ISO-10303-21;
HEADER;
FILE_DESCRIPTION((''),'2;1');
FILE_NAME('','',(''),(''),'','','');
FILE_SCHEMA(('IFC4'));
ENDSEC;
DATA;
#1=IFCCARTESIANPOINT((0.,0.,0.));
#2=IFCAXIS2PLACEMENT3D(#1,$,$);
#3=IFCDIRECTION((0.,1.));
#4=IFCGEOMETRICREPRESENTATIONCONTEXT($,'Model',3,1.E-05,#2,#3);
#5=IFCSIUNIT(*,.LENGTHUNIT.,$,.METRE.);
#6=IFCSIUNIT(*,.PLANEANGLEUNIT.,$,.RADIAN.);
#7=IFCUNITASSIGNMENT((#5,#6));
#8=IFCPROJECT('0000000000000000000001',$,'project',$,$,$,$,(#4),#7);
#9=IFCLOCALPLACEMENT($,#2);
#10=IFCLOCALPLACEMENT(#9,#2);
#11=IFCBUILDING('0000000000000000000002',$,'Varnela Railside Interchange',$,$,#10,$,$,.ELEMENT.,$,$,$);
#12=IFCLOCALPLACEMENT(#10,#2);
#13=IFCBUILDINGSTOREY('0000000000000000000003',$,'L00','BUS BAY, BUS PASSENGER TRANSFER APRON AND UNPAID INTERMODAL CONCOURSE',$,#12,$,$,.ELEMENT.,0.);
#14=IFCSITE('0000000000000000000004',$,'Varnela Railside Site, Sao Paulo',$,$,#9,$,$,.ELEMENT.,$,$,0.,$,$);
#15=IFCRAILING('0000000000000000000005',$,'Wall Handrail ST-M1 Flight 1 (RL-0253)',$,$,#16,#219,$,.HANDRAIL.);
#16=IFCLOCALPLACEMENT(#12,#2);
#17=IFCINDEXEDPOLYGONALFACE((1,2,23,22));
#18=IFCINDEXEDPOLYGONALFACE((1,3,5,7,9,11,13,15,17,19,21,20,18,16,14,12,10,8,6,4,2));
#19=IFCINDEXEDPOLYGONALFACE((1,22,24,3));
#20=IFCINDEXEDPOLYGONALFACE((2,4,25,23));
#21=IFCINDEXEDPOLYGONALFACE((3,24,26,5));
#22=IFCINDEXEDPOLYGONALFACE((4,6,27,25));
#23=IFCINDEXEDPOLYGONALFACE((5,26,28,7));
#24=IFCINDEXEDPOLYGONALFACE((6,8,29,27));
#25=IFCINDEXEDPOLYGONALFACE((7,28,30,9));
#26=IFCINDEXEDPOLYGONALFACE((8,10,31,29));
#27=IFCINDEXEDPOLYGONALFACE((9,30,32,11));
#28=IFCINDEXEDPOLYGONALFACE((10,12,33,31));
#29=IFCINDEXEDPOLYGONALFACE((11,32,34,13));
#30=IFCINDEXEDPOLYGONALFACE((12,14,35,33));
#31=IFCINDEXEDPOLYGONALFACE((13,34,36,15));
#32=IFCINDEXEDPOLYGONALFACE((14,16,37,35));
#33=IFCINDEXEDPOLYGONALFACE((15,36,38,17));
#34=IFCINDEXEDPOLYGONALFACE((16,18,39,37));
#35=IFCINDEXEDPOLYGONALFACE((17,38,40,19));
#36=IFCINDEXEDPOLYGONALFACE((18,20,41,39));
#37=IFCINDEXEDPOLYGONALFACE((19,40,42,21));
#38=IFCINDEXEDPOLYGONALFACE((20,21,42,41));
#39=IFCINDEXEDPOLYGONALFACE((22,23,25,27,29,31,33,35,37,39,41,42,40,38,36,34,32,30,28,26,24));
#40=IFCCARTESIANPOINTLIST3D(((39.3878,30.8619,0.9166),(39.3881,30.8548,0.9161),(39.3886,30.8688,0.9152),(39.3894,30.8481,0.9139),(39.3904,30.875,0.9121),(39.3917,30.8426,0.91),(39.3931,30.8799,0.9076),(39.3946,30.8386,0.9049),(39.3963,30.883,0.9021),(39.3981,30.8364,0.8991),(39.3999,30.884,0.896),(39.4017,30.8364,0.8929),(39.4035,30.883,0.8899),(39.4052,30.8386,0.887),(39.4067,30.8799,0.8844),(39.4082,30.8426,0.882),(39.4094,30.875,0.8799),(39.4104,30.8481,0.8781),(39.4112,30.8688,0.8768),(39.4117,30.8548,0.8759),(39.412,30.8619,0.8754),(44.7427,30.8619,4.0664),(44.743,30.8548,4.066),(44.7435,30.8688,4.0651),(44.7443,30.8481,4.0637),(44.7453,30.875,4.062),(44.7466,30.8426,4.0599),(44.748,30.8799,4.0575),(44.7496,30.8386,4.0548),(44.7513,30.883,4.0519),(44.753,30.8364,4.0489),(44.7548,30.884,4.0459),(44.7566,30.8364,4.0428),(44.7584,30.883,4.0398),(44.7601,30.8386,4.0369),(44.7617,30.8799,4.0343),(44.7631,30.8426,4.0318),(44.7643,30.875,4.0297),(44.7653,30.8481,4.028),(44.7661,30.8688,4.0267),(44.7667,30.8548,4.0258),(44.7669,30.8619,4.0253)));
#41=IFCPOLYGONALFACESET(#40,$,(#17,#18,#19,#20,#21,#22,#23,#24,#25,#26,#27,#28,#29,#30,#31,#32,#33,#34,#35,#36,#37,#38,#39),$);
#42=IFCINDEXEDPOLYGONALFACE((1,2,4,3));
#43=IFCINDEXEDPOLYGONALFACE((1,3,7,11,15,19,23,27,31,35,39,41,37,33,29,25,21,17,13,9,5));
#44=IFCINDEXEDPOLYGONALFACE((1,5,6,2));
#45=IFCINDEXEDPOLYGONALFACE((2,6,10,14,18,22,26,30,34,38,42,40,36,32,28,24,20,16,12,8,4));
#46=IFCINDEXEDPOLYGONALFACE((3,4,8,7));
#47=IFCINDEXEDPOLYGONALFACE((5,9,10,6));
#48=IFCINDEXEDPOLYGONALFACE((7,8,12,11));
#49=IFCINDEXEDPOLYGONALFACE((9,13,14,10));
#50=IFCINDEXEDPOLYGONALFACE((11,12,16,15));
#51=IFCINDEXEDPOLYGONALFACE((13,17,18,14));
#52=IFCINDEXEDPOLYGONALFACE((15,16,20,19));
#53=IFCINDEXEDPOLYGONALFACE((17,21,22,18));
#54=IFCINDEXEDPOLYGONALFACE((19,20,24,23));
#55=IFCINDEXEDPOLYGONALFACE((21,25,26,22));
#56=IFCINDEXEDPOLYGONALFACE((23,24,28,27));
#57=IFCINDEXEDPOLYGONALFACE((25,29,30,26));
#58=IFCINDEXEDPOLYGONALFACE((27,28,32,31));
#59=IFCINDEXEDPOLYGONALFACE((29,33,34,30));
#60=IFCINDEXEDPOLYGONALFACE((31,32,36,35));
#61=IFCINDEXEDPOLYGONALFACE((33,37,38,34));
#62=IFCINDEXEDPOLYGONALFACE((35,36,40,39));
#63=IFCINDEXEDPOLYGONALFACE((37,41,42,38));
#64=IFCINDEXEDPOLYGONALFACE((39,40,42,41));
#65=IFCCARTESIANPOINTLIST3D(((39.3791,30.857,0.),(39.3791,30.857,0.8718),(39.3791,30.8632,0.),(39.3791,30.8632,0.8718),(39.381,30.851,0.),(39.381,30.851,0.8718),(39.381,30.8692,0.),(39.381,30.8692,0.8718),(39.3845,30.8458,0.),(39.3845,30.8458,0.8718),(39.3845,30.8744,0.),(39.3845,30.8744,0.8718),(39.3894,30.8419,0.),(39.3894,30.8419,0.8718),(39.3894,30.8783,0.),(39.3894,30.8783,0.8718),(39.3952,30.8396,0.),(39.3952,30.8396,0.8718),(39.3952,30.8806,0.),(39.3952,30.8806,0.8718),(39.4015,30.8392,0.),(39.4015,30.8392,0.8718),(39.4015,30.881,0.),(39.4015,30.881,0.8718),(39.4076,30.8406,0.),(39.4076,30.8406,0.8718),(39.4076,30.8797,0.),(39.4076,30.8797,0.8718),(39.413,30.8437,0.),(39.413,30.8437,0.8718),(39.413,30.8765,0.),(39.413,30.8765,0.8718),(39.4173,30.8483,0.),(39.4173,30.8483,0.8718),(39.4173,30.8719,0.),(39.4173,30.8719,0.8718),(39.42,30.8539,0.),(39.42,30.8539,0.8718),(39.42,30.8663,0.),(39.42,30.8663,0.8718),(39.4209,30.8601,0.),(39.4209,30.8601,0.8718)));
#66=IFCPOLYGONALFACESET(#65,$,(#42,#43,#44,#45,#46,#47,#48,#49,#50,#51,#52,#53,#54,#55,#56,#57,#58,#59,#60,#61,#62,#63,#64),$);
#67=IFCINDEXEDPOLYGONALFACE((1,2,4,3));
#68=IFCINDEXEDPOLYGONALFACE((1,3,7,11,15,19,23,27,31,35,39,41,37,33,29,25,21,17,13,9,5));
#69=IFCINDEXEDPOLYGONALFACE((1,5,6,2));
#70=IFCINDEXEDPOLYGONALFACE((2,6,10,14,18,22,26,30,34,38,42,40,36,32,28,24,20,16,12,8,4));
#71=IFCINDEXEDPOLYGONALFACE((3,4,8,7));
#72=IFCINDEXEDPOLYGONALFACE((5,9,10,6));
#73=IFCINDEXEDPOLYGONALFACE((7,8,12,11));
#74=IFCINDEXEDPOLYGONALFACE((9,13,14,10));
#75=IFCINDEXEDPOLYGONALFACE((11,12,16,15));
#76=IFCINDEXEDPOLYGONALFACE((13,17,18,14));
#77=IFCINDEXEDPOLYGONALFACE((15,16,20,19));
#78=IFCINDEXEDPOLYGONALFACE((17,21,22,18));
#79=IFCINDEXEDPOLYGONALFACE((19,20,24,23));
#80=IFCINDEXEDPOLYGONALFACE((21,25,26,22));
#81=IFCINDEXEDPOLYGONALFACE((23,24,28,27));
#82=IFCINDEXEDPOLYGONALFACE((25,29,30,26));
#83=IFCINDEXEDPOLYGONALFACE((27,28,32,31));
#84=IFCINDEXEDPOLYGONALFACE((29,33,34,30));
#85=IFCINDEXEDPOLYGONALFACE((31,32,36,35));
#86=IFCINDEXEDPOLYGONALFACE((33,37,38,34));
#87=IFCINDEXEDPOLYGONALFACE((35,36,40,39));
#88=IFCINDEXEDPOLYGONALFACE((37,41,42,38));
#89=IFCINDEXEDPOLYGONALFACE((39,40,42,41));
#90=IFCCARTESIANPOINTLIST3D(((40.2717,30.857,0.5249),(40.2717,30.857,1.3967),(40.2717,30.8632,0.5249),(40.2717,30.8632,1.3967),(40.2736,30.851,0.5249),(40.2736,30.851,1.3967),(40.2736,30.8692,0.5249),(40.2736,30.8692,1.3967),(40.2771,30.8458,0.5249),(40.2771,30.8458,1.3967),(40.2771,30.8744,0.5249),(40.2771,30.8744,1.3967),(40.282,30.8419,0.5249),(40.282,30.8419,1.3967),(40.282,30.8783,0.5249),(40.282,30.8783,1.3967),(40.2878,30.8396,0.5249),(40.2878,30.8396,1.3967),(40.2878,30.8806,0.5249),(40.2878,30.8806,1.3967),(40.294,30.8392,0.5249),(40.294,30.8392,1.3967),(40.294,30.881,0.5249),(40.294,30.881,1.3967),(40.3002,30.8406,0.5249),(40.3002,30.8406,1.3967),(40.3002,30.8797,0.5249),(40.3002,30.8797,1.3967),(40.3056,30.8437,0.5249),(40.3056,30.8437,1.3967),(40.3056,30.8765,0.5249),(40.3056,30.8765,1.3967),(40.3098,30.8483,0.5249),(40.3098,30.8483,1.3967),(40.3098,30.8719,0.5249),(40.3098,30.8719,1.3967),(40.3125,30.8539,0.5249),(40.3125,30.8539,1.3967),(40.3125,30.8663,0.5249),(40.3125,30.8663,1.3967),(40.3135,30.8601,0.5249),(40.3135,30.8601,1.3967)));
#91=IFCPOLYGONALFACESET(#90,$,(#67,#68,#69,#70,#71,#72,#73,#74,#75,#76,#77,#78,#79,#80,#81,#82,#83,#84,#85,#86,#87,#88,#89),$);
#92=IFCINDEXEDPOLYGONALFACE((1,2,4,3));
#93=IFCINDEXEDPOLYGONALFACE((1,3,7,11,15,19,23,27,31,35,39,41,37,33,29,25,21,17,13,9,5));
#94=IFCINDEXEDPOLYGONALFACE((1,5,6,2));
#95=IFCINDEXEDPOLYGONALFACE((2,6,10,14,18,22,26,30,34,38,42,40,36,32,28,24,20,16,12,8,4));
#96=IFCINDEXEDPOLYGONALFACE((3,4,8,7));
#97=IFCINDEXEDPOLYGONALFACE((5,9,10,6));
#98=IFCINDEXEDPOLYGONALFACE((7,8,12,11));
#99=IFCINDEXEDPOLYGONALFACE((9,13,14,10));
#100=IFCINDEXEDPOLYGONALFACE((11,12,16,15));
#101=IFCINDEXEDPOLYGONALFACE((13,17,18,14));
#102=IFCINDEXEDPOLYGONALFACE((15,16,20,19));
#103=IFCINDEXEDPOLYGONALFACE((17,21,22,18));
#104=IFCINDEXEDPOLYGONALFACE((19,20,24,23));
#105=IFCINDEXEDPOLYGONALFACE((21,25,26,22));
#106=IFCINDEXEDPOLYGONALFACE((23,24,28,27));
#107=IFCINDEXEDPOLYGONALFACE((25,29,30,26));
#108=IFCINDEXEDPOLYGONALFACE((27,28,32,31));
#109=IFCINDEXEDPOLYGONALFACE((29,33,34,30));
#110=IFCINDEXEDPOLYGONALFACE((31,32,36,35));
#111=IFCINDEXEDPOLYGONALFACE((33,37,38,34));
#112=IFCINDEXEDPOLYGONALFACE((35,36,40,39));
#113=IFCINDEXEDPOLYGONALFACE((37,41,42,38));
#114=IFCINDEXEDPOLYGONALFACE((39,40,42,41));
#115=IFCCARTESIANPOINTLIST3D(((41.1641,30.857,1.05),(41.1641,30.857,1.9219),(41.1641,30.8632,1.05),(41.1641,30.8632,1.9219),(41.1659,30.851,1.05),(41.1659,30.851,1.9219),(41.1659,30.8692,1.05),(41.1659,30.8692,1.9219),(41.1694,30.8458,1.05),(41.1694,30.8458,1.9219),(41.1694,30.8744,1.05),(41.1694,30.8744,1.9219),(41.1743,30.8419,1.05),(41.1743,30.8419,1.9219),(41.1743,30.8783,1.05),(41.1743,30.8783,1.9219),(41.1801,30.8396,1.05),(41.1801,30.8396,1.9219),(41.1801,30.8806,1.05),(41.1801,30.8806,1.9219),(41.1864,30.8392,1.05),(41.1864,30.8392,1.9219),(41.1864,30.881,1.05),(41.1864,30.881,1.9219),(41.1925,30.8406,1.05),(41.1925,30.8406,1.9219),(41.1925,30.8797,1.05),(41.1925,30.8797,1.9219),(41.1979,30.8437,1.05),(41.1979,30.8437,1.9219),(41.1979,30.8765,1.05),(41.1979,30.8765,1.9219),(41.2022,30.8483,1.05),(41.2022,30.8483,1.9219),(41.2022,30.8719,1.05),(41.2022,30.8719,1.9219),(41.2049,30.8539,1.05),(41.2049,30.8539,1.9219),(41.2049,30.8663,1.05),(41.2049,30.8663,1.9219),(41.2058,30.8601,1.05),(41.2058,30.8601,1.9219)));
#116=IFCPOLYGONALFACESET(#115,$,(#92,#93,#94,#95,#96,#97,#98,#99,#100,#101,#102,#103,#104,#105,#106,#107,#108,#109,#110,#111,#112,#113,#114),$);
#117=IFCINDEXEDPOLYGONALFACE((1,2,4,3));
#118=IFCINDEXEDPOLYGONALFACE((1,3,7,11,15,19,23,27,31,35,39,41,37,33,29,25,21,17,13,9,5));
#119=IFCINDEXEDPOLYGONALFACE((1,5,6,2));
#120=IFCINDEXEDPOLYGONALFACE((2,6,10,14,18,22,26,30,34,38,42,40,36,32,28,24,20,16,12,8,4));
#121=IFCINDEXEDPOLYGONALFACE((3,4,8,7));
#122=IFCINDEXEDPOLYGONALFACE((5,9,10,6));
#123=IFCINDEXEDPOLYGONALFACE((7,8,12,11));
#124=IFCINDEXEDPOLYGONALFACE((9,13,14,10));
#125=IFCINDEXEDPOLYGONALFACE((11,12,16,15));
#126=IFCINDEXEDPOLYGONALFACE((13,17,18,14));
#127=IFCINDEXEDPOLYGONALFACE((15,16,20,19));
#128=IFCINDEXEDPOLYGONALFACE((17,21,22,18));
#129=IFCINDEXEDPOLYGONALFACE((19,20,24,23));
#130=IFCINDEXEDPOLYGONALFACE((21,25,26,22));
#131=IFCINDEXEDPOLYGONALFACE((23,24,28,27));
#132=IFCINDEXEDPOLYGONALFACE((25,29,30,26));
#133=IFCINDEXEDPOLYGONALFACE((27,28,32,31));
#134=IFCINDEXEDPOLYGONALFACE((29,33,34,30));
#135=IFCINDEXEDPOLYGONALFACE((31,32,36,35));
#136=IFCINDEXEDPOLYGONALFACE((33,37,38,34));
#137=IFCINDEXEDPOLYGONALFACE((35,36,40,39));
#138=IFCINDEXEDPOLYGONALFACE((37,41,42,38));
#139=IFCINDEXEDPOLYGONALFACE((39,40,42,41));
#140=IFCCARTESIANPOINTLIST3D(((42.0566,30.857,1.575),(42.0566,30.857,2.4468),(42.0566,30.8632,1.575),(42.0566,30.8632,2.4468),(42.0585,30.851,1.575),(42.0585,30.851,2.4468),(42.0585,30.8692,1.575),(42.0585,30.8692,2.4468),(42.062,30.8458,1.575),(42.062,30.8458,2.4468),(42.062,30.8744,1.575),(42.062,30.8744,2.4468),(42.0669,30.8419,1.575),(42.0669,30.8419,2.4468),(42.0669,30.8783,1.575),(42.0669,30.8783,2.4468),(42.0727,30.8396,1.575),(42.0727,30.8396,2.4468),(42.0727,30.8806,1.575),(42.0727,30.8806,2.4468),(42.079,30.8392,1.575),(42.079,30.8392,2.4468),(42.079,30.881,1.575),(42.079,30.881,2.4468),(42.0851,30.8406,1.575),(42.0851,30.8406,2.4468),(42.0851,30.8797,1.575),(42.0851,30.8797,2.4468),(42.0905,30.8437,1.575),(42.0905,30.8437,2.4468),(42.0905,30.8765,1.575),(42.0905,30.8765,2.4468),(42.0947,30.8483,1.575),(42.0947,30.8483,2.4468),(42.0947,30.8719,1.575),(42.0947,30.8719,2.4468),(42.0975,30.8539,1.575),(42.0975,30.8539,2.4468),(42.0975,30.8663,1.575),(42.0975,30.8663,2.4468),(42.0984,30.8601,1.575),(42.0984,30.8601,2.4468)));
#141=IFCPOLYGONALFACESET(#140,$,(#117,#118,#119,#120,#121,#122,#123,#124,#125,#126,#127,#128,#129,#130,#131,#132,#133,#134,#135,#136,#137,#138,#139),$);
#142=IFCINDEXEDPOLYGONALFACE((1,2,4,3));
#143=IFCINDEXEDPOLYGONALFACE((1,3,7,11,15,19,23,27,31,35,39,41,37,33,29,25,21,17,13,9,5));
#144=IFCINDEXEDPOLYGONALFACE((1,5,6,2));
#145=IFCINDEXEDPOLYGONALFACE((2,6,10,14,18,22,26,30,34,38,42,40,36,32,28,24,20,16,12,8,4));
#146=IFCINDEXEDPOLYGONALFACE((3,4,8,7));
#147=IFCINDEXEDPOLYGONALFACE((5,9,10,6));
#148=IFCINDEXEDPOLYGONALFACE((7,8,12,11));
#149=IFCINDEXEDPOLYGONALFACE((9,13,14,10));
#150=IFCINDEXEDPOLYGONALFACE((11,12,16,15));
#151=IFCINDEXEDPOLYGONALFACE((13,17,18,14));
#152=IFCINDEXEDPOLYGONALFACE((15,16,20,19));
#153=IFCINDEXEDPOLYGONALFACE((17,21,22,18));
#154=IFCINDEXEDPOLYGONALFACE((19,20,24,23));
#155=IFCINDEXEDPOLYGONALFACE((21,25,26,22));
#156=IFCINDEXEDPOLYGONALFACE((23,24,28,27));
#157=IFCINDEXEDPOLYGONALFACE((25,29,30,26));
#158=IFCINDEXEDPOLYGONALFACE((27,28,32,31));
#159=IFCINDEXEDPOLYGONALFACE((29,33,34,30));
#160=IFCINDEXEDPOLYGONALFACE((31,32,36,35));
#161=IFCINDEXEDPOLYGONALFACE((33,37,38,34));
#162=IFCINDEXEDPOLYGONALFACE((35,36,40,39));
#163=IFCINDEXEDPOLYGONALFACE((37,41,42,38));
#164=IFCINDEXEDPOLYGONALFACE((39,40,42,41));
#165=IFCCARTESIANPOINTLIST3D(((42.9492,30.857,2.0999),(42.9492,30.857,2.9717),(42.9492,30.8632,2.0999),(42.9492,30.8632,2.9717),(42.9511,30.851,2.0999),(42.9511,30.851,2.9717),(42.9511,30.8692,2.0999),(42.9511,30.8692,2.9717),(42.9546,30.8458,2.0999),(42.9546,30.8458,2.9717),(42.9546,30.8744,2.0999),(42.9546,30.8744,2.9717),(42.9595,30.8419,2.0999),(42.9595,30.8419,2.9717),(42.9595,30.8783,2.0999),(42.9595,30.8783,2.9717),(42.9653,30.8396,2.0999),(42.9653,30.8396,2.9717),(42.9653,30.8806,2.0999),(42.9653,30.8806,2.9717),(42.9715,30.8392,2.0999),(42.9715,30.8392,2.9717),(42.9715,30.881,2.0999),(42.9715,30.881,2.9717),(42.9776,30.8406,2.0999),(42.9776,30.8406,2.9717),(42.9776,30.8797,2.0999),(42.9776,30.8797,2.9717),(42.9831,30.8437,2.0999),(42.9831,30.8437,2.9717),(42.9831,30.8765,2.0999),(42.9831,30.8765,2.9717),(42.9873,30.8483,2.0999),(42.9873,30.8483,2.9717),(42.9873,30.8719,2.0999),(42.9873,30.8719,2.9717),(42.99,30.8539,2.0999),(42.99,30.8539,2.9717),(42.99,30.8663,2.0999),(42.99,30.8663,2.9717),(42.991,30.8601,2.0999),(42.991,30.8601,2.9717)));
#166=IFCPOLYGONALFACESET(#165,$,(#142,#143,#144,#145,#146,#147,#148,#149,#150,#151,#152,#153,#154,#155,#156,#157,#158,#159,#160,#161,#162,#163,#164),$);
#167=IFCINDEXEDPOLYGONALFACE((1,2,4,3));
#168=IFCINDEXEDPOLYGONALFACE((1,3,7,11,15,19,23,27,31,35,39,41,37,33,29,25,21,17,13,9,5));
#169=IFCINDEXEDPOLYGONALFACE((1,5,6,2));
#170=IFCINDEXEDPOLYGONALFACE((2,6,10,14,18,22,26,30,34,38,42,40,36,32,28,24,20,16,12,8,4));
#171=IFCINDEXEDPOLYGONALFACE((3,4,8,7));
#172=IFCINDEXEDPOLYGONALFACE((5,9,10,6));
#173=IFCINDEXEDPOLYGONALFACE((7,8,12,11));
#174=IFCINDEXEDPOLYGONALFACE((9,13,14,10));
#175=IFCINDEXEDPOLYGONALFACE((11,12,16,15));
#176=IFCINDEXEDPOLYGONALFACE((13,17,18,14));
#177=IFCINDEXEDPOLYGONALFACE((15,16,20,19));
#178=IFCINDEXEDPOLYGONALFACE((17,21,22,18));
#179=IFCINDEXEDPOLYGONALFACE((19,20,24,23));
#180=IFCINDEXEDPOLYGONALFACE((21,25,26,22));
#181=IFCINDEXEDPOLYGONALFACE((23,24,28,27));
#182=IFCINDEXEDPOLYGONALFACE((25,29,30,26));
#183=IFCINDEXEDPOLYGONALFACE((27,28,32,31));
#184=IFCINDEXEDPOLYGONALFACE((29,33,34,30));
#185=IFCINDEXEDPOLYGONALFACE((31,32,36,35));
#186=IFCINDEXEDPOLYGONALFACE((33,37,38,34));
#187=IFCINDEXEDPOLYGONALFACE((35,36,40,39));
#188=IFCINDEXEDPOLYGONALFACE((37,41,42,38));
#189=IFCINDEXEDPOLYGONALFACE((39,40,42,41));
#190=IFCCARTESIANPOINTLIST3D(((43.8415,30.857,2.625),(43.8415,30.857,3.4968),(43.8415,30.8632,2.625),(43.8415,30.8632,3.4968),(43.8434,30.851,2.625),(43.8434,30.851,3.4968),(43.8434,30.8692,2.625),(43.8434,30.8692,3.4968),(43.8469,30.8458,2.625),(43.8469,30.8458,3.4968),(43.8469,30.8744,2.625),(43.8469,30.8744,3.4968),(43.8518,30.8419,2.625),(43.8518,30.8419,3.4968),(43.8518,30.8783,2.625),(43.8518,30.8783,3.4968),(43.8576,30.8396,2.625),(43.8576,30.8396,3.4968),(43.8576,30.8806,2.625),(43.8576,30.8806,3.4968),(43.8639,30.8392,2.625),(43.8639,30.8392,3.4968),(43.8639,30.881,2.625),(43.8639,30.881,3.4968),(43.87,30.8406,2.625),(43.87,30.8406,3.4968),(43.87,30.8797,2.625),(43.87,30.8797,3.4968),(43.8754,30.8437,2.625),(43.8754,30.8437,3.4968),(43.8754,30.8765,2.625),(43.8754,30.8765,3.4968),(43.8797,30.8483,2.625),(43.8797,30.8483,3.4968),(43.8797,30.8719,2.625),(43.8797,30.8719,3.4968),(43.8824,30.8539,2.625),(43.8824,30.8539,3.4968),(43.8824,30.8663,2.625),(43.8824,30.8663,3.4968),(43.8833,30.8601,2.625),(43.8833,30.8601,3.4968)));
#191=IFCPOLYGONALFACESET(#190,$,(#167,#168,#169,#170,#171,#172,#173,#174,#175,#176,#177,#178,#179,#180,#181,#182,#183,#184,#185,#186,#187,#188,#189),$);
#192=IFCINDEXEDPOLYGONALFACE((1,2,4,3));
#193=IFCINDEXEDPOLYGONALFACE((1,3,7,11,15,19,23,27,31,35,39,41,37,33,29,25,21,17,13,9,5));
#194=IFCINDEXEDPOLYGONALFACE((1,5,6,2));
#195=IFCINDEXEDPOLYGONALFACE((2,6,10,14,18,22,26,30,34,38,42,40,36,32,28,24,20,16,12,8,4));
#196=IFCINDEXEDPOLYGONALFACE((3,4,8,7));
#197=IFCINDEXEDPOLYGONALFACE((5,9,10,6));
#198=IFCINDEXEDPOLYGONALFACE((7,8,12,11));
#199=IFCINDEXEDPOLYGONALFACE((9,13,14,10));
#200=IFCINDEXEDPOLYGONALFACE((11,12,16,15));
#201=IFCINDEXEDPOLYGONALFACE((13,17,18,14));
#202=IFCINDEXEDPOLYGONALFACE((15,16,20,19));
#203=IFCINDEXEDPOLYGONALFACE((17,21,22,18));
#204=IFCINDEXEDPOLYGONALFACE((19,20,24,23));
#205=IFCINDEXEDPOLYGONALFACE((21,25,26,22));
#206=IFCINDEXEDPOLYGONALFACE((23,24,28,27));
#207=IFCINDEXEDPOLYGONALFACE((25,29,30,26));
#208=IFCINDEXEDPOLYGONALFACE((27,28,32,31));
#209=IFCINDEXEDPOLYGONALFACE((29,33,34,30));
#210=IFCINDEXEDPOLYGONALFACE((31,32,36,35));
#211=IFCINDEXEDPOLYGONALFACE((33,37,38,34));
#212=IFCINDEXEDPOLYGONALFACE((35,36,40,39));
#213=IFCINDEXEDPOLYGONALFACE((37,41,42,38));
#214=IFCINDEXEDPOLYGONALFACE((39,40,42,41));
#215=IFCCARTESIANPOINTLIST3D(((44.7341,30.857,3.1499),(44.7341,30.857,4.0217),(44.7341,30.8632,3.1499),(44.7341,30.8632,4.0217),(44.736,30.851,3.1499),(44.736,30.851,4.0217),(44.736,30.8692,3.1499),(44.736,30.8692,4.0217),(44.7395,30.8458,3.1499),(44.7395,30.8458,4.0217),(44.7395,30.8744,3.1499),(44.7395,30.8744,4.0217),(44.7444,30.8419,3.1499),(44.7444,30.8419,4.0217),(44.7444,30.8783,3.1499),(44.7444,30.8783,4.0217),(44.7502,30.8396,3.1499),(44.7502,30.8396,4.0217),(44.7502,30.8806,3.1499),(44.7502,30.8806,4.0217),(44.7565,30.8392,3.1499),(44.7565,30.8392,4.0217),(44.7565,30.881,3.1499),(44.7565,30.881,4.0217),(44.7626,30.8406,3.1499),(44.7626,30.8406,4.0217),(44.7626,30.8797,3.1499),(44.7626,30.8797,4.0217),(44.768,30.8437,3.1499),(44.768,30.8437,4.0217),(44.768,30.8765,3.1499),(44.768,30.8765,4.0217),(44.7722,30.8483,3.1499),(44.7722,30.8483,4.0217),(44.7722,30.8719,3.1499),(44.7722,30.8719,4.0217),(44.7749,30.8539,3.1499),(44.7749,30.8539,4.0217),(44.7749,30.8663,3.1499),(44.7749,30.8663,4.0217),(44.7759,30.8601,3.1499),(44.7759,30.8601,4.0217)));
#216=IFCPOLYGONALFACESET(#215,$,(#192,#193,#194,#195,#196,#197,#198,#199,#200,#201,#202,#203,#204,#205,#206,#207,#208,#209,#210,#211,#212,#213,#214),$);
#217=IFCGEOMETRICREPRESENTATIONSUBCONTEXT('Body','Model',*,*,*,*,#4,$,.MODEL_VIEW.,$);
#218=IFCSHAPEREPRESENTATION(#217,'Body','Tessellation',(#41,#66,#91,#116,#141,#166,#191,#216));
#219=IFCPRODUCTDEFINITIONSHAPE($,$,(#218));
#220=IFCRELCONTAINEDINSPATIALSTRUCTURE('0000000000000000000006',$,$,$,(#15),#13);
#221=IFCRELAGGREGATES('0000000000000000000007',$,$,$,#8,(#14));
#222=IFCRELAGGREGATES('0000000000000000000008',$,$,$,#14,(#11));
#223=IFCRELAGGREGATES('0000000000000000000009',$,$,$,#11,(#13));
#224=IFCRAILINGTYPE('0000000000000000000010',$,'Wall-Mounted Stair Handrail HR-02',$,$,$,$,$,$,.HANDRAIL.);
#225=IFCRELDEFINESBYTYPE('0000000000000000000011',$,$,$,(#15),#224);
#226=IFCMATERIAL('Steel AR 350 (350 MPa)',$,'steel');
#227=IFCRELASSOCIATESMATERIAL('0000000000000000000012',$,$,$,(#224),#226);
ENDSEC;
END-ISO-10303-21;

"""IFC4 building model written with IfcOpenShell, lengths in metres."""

from ifc_helpers import new_model, si_unit, direction, frame, origin, origin_2d, place, context, subcontext, project, spatial, circle, extrude, material, type_object, element, save


model = new_model("IFC4")

# Units and contexts
model_context = context("Model", 3, precision=1e-05, world=origin(), true_north=direction((0.0, 1.0)))
body_context = subcontext(model_context, "Body", "Model", "MODEL_VIEW")
ifc_project = project(units=[si_unit("LENGTHUNIT", "METRE"), si_unit("PLANEANGLEUNIT", "RADIAN")], contexts=[model_context])

# Site, building, storey
site_placement = place(None, origin())
site = spatial("IfcSite", under=ifc_project, at=site_placement, Name="Varnela Railside Site, Sao Paulo", CompositionType="ELEMENT", RefElevation=0.0)
building_placement = place(site_placement, origin())
building = spatial("IfcBuilding", under=site, at=building_placement, Name="Varnela Railside Interchange", CompositionType="ELEMENT")
storey_placement = place(building_placement, origin())
storey = spatial("IfcBuildingStorey", under=building, at=storey_placement, Name="L00", Description="BUS BAY, BUS PASSENGER TRANSFER APRON AND UNPAID INTERMODAL CONCOURSE", CompositionType="ELEMENT", Elevation=0.0)

# Shared definitions
ifc_material_1 = material(Name="Steel AR 350 (350 MPa)", Category="steel")

# Railing
railing_type_1 = type_object("IfcRailingType", Name="Wall-Mounted Stair Handrail HR-02", PredefinedType="HANDRAIL", material=ifc_material_1)
railing_1_placement = place(storey_placement, frame((39.3999, 30.8601, 0.0)))
element("IfcRailing", 1, at=railing_1_placement, inside=storey, type_object=railing_type_1, Name="Wall Handrail ST-M1 Flight 1 (RL-0253)", PredefinedType="HANDRAIL", context=body_context, shape_type="SweptSolid", body=[
    extrude(circle(Radius=0.0239, at=origin_2d()), frame((0.0, 0.0, 0.896), z_axis=(0.86194, 0.0, 0.50701), x_axis=(0.0, 1.0, 0.0)), (0.0, 0.0, 1.0), 6.2126),
    extrude(circle(Radius=0.021, at=origin_2d()), origin(), (0.0, 0.0, 1.0), 0.8718),
    extrude(circle(Radius=0.021, at=origin_2d()), frame((0.8926, 0.0, 0.5249)), (0.0, 0.0, 1.0), 0.8718),
    extrude(circle(Radius=0.021, at=origin_2d()), frame((1.7849, 0.0, 1.05)), (0.0, 0.0, 1.0), 0.8718),
    extrude(circle(Radius=0.021, at=origin_2d()), frame((2.6775, 0.0, 1.575)), (0.0, 0.0, 1.0), 0.8718),
    extrude(circle(Radius=0.021, at=origin_2d()), frame((3.5701, 0.0, 2.0999)), (0.0, 0.0, 1.0), 0.8718),
    extrude(circle(Radius=0.021, at=origin_2d()), frame((4.4624, 0.0, 2.625)), (0.0, 0.0, 1.0), 0.8718),
    extrude(circle(Radius=0.021, at=origin_2d()), frame((5.355, 0.0, 3.1499)), (0.0, 0.0, 1.0), 0.8718),
])

save(model, "model.ifc")
